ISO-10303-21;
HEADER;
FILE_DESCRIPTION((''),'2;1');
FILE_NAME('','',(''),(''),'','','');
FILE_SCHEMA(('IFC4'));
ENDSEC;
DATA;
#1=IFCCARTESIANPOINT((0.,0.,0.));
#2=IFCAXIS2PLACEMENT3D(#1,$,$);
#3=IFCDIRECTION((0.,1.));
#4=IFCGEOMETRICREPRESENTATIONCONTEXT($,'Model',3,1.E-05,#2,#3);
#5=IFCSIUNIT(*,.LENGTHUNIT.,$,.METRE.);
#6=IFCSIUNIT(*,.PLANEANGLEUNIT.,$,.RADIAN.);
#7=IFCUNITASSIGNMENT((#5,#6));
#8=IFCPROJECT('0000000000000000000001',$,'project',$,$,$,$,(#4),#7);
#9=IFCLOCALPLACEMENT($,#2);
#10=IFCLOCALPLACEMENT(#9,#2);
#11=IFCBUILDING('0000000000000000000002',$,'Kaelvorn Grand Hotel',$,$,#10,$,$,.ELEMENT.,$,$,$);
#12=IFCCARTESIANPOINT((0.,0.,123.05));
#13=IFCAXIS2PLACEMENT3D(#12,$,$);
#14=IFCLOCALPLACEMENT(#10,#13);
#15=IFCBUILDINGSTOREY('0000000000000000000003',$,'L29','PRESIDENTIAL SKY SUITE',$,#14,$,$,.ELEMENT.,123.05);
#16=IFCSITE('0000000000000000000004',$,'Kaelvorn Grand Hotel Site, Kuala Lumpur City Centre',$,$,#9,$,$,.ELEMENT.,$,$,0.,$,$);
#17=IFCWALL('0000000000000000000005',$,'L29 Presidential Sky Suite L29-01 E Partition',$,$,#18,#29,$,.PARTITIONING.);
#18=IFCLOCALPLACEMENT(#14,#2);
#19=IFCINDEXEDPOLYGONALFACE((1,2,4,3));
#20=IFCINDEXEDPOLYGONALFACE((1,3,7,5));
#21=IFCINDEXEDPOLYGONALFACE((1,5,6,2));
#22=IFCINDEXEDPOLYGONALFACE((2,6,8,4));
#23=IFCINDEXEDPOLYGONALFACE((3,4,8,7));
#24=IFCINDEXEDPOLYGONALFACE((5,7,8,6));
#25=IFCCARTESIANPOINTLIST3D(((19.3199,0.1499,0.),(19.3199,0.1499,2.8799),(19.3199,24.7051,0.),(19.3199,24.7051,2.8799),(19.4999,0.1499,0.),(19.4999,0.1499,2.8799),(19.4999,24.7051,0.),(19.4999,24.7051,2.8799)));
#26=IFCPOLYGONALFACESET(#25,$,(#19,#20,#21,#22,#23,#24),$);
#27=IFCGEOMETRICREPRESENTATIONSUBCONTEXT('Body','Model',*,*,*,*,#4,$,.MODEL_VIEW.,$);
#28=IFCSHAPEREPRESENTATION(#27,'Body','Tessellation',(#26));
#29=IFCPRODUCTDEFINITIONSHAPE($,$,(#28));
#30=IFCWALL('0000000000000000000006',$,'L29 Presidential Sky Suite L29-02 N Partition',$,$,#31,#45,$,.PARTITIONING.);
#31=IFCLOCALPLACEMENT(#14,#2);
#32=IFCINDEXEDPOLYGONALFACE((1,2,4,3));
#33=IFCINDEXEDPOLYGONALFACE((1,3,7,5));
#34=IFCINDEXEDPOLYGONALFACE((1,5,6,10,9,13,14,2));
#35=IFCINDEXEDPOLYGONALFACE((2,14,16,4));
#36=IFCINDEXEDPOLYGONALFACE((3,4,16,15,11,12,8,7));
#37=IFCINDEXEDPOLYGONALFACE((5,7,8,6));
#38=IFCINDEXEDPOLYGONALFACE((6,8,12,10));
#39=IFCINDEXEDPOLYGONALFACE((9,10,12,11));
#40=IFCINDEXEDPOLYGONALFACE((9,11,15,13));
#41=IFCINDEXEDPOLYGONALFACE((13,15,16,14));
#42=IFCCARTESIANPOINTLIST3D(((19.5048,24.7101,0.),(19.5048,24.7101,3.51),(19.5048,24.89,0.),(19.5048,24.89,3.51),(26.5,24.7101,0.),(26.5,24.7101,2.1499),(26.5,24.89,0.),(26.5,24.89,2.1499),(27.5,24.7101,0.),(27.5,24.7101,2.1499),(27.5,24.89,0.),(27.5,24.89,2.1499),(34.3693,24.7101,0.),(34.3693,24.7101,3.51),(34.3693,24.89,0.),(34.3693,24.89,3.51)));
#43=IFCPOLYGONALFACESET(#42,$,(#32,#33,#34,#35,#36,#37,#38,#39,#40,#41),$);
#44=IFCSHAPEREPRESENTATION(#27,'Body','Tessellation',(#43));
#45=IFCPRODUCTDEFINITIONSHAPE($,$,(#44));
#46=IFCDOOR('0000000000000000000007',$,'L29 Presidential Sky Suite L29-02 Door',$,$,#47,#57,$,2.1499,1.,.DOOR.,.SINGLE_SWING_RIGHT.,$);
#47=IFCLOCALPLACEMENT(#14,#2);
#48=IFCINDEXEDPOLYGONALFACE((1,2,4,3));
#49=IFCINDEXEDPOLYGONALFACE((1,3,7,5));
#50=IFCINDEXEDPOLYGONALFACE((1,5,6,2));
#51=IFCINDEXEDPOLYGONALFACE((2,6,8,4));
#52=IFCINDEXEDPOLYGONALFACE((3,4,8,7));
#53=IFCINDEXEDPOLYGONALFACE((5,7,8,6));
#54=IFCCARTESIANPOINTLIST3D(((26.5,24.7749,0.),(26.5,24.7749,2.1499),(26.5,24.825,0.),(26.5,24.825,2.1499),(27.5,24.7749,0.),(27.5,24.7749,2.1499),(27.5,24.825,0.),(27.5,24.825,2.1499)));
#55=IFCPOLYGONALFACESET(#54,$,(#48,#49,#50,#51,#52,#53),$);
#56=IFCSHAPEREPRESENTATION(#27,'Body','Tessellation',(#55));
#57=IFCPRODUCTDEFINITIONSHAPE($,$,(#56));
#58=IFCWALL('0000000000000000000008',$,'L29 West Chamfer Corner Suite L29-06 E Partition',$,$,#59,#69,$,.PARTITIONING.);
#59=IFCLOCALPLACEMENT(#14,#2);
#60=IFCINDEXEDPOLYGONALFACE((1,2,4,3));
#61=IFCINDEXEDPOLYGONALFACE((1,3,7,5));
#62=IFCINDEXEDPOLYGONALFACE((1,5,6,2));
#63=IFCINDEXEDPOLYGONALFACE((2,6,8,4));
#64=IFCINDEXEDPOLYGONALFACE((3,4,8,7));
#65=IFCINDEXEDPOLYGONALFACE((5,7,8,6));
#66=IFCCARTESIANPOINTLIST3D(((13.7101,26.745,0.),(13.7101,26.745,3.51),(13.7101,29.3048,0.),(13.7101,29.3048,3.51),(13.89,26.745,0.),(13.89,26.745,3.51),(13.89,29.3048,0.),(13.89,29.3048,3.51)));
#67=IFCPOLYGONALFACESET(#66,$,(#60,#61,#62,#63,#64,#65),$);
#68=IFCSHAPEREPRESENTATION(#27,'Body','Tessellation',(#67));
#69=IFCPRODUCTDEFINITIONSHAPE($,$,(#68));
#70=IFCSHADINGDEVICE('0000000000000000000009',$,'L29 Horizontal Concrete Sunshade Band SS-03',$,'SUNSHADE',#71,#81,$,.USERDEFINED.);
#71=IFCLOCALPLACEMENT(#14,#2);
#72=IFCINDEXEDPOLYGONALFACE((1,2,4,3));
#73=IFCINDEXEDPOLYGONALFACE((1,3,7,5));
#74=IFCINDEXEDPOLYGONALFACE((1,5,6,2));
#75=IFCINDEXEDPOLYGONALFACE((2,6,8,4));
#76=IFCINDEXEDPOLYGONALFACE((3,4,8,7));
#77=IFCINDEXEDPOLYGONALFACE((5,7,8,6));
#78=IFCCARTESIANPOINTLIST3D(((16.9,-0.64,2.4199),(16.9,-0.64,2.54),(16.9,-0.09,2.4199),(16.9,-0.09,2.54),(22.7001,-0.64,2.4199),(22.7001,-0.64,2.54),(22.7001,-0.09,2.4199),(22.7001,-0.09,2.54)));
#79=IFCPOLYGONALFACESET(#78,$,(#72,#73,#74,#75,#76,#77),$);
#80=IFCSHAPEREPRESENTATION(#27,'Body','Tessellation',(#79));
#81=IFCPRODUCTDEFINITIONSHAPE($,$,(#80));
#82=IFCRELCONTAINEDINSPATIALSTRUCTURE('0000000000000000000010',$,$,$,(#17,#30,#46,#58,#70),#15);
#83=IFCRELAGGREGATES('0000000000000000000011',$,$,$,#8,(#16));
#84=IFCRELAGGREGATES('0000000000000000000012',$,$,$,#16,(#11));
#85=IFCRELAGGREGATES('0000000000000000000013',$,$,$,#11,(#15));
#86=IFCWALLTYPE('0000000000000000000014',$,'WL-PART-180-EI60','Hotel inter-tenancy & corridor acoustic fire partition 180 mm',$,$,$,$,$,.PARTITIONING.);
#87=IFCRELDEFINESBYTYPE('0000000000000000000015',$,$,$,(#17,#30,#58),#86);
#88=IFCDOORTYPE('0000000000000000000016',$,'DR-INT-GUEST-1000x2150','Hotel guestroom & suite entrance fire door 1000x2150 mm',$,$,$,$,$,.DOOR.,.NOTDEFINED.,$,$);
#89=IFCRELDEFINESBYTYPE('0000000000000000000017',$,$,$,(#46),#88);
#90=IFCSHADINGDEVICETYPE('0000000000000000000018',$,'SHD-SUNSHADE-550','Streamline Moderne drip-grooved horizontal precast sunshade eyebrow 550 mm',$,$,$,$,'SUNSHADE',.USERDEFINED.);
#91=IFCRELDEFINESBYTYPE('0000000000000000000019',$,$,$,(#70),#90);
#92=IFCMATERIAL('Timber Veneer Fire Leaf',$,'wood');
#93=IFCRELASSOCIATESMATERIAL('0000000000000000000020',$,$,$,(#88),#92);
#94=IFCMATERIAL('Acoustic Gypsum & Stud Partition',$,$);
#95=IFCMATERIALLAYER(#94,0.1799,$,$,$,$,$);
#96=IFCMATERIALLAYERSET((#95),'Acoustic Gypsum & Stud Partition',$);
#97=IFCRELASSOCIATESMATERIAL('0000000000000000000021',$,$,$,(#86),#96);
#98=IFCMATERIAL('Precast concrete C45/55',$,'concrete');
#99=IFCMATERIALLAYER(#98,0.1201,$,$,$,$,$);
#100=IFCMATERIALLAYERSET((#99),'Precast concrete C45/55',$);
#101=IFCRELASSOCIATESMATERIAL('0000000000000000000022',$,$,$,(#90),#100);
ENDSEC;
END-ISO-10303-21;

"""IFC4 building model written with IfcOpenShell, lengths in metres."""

from ifc_helpers import new_model, si_unit, direction, frame, frame_2d, origin, origin_2d, place, context, subcontext, project, spatial, rectangle, extrude, material, layer, layer_set, type_object, element, fill, save


model = new_model("IFC4")

# Units and contexts
model_context = context("Model", 3, precision=1e-05, world=origin(), true_north=direction((0.0, 1.0)))
body_context = subcontext(model_context, "Body", "Model", "MODEL_VIEW")
ifc_project = project(units=[si_unit("LENGTHUNIT", "METRE"), si_unit("PLANEANGLEUNIT", "RADIAN")], contexts=[model_context])

# Site, building, storey
site_placement = place(None, origin())
site = spatial("IfcSite", under=ifc_project, at=site_placement, Name="Kaelvorn Grand Hotel Site, Kuala Lumpur City Centre", CompositionType="ELEMENT", RefElevation=0.0)
building_placement = place(site_placement, origin())
building = spatial("IfcBuilding", under=site, at=building_placement, Name="Kaelvorn Grand Hotel", CompositionType="ELEMENT")
storey_placement = place(building_placement, frame((0.0, 0.0, 123.05)))
storey = spatial("IfcBuildingStorey", under=building, at=storey_placement, Name="L29", Description="PRESIDENTIAL SKY SUITE", CompositionType="ELEMENT", Elevation=123.05)

# Shared definitions
ifc_material_1 = material(Name="Acoustic Gypsum & Stud Partition")
ifc_material_2 = material(Name="Timber Veneer Fire Leaf", Category="wood")
door_type_1 = type_object("IfcDoorType", Name="DR-INT-GUEST-1000x2150", Description="Hotel guestroom & suite entrance fire door 1000x2150 mm", OperationType="NOTDEFINED", PredefinedType="DOOR", material=ifc_material_2)

# Wall
ifc_layer_1 = layer(ifc_material_1, 0.1799)
ifc_layer_set_1 = layer_set([ifc_layer_1], Name="Acoustic Gypsum & Stud Partition")
wall_type_1 = type_object("IfcWallType", Name="WL-PART-180-EI60", Description="Hotel inter-tenancy & corridor acoustic fire partition 180 mm", PredefinedType="PARTITIONING", material=ifc_layer_set_1)
wall_1_placement = place(storey_placement, frame((19.4099, 0.1499, 0.0), z_axis=(0.0, 0.0, 1.0), x_axis=(0.0, 1.0, 0.0)))
element("IfcWall", 1, at=wall_1_placement, inside=storey, type_object=wall_type_1, Name="L29 Presidential Sky Suite L29-01 E Partition", PredefinedType="PARTITIONING", context=body_context, shape_type="SweptSolid", body=[
    extrude(rectangle(XDim=24.5552, YDim=0.1799, at=frame_2d((12.2776, 0.0))), origin(), (0.0, 0.0, 1.0), 2.8799),
])

# Wall, opening, door
wall_2_placement = place(storey_placement, frame((19.5049, 24.8, 0.0), z_axis=(0.0, 0.0, 1.0), x_axis=(1.0, 0.0, 0.0)))
wall_2 = element("IfcWall", 2, at=wall_2_placement, inside=storey, type_object=wall_type_1, Name="L29 Presidential Sky Suite L29-02 N Partition", PredefinedType="PARTITIONING", context=body_context, shape_type="SweptSolid", body=[
    extrude(rectangle(XDim=14.8645, YDim=0.1799, at=frame_2d((7.4321, 0.0))), origin(), (0.0, 0.0, 1.0), 3.51),
])
opening_1_placement = place(wall_2_placement, frame((6.9951, 0.0, 0.0)))
opening_1 = element("IfcOpeningElement", 3, at=opening_1_placement, cuts=wall_2, PredefinedType="OPENING", context=body_context, shape_type="SweptSolid", body=[
    extrude(rectangle(XDim=1.0, YDim=2.1499, at=frame_2d((0.5, 1.075))), frame((0.0, 0.1001, 0.0), z_axis=(0.0, -1.0, 0.0), x_axis=(1.0, 0.0, 0.0)), (0.0, 0.0, 1.0), 0.2),
])
door_1_placement = place(opening_1_placement, origin())
door_1 = element("IfcDoor", 4, at=door_1_placement, inside=storey, type_object=door_type_1, Name="L29 Presidential Sky Suite L29-02 Door", OperationType="SINGLE_SWING_RIGHT", OverallHeight=2.1499, OverallWidth=1.0, PredefinedType="DOOR", context=body_context, shape_type="SweptSolid", body=[
    extrude(rectangle(XDim=1.0, YDim=2.1499, at=frame_2d((0.5, 1.075))), frame((0.0, 0.0249, 0.0), z_axis=(0.0, -1.0, 0.0), x_axis=(1.0, 0.0, 0.0)), (0.0, 0.0, 1.0), 0.05),
])
fill(opening_1, door_1)

# Wall
wall_3_placement = place(storey_placement, frame((13.8, 26.7451, 0.0), z_axis=(0.0, 0.0, 1.0), x_axis=(0.0, 1.0, 0.0)))
element("IfcWall", 5, at=wall_3_placement, inside=storey, type_object=wall_type_1, Name="L29 West Chamfer Corner Suite L29-06 E Partition", PredefinedType="PARTITIONING", context=body_context, shape_type="SweptSolid", body=[
    extrude(rectangle(XDim=2.5598, YDim=0.1799, at=frame_2d((1.2798, 0.0))), origin(), (0.0, 0.0, 1.0), 3.51),
])

# Shading device
ifc_material_3 = material(Name="Precast concrete C45/55", Category="concrete")
ifc_layer_2 = layer(ifc_material_3, 0.1201)
ifc_layer_set_2 = layer_set([ifc_layer_2], Name="Precast concrete C45/55")
shading_device_type = type_object("IfcShadingDeviceType", Name="SHD-SUNSHADE-550", Description="Streamline Moderne drip-grooved horizontal precast sunshade eyebrow 550 mm", ElementType="SUNSHADE", PredefinedType="USERDEFINED", material=ifc_layer_set_2)
shading_device_placement = place(storey_placement, frame((19.8, -0.365, 2.4199), z_axis=(0.0, 0.0, 1.0), x_axis=(1.0, 0.0, 0.0)))
element("IfcShadingDevice", 6, at=shading_device_placement, inside=storey, type_object=shading_device_type, Name="L29 Horizontal Concrete Sunshade Band SS-03", ObjectType="SUNSHADE", PredefinedType="USERDEFINED", context=body_context, shape_type="SweptSolid", body=[
    extrude(rectangle(XDim=5.8, YDim=0.55, at=origin_2d()), origin(), (0.0, 0.0, 1.0), 0.1201),
])

save(model, "model.ifc")
